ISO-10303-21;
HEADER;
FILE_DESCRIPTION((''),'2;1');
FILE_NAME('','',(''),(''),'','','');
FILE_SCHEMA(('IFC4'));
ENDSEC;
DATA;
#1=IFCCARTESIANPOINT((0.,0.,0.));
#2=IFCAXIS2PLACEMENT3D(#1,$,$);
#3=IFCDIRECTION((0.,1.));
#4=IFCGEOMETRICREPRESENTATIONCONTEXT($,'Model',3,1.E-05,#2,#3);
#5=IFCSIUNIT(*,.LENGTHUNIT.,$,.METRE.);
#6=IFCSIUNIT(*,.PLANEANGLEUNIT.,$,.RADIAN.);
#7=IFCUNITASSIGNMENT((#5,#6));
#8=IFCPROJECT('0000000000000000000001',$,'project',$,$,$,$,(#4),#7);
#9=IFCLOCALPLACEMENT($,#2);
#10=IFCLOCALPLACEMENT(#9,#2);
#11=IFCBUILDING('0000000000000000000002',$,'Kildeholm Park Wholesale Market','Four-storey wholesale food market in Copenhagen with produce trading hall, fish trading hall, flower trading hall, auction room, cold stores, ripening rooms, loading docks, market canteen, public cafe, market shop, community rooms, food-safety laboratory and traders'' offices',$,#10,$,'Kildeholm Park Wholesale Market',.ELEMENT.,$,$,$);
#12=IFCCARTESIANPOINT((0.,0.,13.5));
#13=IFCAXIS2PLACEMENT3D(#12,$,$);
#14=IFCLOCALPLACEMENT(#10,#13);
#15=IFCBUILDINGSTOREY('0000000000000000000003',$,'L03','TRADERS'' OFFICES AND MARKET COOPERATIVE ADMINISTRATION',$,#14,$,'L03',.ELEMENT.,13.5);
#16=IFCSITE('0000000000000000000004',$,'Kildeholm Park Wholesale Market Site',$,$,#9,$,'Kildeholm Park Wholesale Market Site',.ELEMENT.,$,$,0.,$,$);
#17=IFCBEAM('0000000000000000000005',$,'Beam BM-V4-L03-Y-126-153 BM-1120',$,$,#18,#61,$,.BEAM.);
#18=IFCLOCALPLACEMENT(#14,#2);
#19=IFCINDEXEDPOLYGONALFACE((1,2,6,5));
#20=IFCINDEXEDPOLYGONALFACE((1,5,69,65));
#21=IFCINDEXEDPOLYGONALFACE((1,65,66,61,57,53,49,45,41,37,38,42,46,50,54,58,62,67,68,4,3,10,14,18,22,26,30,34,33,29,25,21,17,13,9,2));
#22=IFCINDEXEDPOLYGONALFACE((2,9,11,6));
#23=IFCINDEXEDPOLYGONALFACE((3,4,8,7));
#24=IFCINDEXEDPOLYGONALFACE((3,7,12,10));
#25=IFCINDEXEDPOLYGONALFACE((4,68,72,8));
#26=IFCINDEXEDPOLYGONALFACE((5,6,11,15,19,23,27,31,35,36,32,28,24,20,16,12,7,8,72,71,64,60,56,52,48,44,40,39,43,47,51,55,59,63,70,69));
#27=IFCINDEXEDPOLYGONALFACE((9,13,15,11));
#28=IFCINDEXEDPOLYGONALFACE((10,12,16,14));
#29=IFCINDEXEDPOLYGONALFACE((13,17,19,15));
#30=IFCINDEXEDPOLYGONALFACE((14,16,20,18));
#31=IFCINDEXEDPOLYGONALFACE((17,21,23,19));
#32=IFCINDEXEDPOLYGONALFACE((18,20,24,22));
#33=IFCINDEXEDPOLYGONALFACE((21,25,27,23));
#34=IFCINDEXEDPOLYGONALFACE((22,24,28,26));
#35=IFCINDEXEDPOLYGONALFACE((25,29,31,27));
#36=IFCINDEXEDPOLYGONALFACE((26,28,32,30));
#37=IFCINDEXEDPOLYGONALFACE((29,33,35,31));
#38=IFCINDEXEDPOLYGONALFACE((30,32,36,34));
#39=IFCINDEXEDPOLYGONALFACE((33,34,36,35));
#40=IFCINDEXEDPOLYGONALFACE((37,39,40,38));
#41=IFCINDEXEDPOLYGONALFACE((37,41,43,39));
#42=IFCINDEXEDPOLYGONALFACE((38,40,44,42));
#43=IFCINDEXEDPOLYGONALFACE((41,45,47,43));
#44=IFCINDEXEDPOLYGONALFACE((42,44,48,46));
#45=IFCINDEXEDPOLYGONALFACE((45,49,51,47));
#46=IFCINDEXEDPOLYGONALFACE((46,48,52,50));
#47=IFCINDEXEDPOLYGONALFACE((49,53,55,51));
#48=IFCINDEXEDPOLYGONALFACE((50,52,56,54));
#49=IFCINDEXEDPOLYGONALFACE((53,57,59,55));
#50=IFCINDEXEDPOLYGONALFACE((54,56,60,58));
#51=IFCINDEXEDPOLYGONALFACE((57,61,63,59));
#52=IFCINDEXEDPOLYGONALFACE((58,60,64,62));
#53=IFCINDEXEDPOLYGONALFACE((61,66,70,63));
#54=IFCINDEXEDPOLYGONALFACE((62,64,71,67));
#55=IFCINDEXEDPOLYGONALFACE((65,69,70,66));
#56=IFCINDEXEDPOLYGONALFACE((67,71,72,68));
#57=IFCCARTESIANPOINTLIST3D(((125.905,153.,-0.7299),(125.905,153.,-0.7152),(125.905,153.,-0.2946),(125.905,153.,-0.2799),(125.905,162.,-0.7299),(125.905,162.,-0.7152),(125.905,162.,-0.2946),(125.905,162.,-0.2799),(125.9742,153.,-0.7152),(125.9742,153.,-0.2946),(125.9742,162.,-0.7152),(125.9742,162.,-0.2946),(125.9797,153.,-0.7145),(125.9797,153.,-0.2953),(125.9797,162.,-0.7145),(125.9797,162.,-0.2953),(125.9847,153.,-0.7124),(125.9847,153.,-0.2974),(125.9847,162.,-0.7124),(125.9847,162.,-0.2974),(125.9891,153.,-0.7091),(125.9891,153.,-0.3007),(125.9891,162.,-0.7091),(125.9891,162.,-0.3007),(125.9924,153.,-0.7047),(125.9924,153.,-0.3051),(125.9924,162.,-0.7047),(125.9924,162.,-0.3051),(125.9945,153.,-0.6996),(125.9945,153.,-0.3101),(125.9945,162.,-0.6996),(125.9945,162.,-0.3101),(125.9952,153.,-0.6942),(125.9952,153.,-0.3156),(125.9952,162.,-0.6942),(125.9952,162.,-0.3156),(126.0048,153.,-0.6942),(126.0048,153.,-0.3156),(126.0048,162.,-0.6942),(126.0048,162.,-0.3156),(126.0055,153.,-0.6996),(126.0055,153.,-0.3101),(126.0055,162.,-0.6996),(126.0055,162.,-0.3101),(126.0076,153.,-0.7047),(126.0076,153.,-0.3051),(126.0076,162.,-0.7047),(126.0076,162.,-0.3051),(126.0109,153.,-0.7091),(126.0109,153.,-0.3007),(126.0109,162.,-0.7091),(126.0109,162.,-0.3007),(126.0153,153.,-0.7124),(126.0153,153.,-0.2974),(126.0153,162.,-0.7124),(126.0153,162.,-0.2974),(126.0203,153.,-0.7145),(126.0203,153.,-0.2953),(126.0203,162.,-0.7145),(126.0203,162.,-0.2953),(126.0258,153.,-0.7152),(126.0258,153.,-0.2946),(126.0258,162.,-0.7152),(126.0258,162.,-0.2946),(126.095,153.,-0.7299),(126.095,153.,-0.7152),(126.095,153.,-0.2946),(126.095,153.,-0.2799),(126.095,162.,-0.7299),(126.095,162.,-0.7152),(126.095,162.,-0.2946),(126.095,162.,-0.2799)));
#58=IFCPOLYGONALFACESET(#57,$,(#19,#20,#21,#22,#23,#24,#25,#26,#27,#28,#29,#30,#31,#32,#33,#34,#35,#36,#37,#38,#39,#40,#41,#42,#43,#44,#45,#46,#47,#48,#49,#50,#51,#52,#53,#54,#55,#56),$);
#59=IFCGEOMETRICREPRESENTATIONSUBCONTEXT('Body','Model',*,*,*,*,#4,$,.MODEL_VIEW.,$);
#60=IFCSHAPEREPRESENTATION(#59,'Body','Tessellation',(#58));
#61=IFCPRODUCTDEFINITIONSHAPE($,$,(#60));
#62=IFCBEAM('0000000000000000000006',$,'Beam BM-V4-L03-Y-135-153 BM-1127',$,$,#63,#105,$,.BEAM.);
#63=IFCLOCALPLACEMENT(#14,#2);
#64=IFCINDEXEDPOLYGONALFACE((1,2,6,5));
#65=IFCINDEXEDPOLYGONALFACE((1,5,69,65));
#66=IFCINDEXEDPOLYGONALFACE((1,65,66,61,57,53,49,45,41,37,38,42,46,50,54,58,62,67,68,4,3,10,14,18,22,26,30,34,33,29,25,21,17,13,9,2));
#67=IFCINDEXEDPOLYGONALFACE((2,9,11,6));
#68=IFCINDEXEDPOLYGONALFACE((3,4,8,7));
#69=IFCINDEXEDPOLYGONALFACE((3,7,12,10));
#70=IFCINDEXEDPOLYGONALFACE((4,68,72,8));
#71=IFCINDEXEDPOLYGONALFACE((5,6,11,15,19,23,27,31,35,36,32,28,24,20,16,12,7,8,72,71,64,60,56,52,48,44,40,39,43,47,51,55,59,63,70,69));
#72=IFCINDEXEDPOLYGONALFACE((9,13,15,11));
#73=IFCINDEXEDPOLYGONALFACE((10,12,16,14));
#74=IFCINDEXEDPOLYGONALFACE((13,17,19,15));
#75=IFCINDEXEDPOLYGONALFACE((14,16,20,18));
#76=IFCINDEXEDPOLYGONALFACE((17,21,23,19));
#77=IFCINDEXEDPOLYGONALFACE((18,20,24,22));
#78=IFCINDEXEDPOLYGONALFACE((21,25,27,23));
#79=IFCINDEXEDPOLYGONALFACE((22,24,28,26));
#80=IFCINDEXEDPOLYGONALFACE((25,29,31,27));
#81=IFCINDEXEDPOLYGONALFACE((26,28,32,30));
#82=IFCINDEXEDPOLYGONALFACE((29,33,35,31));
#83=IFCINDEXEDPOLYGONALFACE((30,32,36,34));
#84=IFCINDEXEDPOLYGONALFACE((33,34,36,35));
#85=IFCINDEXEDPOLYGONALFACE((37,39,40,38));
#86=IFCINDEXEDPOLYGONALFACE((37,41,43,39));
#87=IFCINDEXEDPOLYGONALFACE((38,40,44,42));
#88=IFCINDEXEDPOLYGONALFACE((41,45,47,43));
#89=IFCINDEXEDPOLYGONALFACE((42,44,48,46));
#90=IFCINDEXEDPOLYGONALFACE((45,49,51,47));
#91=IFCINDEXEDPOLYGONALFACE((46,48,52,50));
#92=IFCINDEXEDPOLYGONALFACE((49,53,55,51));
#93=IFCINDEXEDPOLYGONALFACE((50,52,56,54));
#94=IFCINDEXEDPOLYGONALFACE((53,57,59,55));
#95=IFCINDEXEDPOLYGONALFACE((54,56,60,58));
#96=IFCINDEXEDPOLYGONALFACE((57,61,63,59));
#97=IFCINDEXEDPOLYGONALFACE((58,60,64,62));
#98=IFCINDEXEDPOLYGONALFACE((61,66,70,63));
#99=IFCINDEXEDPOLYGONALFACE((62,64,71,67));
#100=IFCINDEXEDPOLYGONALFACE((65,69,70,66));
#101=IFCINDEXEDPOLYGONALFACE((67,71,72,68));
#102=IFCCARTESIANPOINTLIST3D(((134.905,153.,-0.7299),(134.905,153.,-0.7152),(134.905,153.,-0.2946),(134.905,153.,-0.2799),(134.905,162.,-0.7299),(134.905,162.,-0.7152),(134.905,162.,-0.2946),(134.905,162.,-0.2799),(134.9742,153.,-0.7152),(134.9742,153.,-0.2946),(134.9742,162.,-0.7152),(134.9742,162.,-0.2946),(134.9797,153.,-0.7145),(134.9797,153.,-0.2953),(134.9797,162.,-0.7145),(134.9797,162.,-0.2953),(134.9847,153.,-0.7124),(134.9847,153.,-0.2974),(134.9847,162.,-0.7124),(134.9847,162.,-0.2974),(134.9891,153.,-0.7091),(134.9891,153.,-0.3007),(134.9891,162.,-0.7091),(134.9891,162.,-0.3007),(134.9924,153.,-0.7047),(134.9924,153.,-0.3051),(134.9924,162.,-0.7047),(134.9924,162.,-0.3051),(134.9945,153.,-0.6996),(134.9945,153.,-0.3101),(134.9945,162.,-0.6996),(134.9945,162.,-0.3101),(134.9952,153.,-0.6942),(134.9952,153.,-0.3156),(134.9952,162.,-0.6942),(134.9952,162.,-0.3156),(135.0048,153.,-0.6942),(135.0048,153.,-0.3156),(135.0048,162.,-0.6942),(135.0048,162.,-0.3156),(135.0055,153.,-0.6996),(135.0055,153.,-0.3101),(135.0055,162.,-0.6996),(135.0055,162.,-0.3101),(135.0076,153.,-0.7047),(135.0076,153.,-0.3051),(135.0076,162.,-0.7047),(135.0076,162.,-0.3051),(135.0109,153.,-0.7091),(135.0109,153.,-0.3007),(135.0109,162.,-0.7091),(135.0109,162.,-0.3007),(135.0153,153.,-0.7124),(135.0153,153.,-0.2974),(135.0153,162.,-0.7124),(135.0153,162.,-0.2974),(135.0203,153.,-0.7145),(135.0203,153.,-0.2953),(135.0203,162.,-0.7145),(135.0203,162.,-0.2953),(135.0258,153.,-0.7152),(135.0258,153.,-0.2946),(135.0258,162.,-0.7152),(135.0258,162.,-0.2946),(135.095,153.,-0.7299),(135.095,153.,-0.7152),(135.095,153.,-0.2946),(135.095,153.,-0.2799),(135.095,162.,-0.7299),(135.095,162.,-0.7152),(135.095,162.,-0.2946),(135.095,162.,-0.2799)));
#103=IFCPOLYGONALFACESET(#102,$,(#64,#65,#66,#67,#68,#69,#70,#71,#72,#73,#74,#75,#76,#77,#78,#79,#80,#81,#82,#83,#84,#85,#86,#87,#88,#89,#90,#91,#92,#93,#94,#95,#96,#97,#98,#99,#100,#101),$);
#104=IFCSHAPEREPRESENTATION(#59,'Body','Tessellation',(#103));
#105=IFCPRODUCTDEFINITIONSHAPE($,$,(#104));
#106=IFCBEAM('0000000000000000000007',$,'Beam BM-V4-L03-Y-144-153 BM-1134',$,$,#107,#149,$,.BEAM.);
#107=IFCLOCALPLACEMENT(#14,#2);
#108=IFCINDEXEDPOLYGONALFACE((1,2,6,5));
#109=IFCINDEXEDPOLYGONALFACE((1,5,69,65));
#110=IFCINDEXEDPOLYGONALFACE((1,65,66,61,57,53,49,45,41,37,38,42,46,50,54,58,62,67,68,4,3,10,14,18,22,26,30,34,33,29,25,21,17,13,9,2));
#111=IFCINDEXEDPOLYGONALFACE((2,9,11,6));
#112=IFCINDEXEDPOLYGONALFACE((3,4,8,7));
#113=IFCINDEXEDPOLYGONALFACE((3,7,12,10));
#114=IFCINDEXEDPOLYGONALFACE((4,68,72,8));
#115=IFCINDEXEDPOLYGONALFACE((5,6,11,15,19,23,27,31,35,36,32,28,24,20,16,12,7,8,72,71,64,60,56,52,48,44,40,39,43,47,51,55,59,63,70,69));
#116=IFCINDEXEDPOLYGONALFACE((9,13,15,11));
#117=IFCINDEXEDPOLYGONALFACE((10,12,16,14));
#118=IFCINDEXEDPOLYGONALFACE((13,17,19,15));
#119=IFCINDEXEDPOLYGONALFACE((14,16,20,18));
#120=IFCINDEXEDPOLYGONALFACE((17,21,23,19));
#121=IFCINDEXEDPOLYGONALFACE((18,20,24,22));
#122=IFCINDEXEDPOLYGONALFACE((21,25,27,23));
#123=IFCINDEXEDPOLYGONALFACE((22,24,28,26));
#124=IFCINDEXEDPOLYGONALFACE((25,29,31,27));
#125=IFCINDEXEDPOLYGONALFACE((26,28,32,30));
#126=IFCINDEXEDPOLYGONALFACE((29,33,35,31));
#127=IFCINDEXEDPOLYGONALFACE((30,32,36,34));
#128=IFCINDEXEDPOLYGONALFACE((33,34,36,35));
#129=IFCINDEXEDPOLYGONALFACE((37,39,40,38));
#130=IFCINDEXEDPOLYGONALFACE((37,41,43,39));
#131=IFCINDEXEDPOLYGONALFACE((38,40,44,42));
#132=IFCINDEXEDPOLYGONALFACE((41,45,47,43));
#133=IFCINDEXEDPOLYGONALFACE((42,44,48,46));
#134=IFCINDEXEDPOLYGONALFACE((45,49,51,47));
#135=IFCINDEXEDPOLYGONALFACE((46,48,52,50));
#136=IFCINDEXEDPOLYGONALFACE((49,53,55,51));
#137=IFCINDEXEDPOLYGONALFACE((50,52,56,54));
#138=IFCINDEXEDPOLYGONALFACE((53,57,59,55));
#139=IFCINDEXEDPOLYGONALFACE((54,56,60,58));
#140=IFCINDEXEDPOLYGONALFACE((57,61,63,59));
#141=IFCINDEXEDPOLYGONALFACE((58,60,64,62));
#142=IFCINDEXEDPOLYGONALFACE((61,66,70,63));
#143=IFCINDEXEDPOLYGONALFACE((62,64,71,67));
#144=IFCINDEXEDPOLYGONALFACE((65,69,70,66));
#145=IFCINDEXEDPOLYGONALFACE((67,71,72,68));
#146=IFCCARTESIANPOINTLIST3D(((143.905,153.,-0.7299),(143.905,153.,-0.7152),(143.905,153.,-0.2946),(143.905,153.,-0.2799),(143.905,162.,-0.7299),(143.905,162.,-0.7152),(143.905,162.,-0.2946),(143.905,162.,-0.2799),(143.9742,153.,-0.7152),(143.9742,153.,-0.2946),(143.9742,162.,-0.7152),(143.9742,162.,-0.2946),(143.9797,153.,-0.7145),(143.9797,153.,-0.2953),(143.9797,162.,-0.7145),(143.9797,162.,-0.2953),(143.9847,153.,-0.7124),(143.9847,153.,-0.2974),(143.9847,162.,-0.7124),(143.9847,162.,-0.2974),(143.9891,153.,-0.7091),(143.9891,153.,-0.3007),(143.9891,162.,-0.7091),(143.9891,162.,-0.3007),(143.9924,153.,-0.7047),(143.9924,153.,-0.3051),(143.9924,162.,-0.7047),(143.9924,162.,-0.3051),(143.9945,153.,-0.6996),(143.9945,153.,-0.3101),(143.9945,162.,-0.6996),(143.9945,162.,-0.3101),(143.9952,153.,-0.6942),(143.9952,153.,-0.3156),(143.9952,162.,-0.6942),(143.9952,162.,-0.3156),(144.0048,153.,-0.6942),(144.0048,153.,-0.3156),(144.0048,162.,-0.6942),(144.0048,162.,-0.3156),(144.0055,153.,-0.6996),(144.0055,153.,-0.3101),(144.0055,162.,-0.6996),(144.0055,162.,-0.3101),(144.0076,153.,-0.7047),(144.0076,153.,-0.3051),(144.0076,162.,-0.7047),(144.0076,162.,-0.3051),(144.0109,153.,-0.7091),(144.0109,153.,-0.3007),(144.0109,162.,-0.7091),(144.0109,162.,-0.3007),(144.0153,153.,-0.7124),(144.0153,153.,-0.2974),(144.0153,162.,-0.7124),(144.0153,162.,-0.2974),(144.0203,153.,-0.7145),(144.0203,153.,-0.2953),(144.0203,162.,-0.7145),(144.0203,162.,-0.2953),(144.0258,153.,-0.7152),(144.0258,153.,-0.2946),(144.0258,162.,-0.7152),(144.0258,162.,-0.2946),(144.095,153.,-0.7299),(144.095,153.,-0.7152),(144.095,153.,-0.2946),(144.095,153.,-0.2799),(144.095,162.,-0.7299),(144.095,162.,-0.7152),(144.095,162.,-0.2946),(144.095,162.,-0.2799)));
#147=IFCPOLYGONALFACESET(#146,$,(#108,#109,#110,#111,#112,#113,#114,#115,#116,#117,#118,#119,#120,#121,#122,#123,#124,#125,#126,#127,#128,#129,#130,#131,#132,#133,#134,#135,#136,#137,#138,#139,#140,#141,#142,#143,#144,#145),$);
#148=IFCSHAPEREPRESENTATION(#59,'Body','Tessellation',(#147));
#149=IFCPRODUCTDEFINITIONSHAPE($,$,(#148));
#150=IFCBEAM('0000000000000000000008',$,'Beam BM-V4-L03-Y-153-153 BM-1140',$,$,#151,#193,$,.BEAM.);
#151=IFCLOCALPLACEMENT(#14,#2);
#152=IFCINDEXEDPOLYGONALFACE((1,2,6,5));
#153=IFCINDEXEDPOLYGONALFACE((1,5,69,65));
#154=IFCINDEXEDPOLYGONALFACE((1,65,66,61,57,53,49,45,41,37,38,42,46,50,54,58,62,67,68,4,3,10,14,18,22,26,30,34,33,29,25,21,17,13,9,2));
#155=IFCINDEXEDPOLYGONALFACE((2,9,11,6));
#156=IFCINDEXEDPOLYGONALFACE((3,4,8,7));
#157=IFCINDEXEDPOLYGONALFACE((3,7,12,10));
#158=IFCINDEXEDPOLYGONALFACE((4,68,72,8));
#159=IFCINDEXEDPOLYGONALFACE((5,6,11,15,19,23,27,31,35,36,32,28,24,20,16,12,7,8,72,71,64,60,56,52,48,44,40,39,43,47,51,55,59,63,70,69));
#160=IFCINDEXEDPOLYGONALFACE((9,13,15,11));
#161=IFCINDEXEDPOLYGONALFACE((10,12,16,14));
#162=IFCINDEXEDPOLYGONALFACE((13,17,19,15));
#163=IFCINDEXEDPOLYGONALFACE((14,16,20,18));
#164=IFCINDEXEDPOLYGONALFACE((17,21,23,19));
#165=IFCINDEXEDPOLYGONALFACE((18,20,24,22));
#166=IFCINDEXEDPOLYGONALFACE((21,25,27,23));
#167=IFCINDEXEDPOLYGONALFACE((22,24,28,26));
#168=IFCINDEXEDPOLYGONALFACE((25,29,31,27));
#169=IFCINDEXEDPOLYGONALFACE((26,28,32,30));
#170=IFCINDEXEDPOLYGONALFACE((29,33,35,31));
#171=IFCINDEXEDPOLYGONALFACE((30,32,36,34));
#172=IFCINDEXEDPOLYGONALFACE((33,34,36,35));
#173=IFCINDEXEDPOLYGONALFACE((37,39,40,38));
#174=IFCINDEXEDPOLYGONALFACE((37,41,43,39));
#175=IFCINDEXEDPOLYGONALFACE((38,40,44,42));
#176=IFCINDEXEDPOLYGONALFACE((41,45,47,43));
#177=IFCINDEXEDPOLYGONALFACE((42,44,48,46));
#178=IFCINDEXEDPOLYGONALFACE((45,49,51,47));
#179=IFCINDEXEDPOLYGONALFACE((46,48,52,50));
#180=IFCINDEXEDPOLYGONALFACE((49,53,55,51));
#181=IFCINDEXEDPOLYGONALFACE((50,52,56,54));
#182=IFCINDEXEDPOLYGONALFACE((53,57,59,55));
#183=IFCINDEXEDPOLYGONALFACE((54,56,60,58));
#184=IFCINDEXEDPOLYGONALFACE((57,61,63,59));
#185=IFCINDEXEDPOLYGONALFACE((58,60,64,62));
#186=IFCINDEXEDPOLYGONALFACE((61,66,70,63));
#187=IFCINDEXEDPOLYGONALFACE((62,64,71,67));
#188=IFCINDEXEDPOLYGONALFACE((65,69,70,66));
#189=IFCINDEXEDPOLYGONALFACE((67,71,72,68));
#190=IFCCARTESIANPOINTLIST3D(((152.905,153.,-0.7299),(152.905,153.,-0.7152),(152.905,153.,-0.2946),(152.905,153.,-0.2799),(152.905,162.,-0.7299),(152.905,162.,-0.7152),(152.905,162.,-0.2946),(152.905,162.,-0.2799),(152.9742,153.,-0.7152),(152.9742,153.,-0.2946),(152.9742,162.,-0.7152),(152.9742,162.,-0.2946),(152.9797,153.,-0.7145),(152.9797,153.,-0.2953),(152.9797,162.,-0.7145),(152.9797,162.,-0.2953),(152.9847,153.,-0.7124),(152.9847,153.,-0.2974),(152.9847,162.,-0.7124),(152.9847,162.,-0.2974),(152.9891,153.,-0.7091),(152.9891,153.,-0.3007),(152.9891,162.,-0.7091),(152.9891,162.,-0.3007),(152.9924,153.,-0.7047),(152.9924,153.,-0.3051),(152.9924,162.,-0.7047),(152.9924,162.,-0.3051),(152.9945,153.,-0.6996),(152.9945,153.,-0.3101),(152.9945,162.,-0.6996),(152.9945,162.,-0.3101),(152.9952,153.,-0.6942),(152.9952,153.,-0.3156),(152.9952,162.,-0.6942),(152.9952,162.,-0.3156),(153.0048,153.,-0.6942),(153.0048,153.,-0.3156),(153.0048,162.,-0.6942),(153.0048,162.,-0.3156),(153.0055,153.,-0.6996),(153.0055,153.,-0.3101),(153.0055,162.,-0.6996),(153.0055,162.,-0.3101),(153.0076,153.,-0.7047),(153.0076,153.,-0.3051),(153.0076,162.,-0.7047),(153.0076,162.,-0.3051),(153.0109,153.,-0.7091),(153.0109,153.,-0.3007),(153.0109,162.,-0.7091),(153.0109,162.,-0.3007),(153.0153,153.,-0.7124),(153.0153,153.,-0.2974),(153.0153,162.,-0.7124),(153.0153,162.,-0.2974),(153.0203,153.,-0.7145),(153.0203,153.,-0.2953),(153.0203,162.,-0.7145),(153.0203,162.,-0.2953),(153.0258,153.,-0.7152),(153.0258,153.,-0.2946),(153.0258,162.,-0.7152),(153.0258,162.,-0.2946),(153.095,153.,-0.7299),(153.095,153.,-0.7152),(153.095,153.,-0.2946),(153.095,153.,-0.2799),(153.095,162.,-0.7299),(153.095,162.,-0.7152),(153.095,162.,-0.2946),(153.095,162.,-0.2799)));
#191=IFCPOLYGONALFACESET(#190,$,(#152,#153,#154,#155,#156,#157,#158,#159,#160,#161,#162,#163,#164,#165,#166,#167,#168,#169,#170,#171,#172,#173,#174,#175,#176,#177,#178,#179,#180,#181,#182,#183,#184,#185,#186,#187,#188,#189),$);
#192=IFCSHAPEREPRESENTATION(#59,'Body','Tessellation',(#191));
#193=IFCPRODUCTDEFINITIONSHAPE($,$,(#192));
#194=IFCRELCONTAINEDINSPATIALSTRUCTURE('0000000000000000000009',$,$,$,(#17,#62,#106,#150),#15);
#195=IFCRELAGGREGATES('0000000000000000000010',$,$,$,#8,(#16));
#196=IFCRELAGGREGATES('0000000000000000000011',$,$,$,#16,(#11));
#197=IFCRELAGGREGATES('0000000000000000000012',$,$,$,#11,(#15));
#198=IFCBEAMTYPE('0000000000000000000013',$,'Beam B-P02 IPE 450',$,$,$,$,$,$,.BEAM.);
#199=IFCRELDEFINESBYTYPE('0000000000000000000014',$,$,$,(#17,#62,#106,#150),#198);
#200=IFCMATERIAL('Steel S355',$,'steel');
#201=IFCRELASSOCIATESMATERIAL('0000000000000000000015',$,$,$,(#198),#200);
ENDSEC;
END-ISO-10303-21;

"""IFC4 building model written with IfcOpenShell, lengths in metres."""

from ifc_helpers import new_model, si_unit, direction, frame, origin, origin_2d, place, context, subcontext, project, spatial, i_section, extrude, material, material_profile, profile_set, type_object, element, save


model = new_model("IFC4")

# Units and contexts
model_context = context("Model", 3, precision=1e-05, world=origin(), true_north=direction((0.0, 1.0)))
body_context = subcontext(model_context, "Body", "Model", "MODEL_VIEW")
ifc_project = project(units=[si_unit("LENGTHUNIT", "METRE"), si_unit("PLANEANGLEUNIT", "RADIAN")], contexts=[model_context])

# Site, building, storey
site_placement = place(None, origin())
site = spatial("IfcSite", under=ifc_project, at=site_placement, Name="Kildeholm Park Wholesale Market Site", LongName="Kildeholm Park Wholesale Market Site", CompositionType="ELEMENT", RefElevation=0.0)
building_placement = place(site_placement, origin())
building = spatial("IfcBuilding", under=site, at=building_placement, Name="Kildeholm Park Wholesale Market", Description="Four-storey wholesale food market in Copenhagen with produce trading hall, fish trading hall, flower trading hall, auction room, cold stores, ripening rooms, loading docks, market canteen, public cafe, market shop, community rooms, food-safety laboratory and traders' offices", LongName="Kildeholm Park Wholesale Market", CompositionType="ELEMENT")
storey_placement = place(building_placement, frame((0.0, 0.0, 13.5)))
storey = spatial("IfcBuildingStorey", under=building, at=storey_placement, Name="L03", Description="TRADERS' OFFICES AND MARKET COOPERATIVE ADMINISTRATION", LongName="L03", CompositionType="ELEMENT", Elevation=13.5)

# Beams
ifc_material = material(Name="Steel S355", Category="steel")
ifc_material_profile_1 = material_profile(ifc_material, i_section(OverallWidth=0.1899, OverallDepth=0.45, WebThickness=0.0095, FlangeThickness=0.0146, FilletRadius=0.021, at=origin_2d()), Name="IPE 450")
ifc_profile_set_1 = profile_set([ifc_material_profile_1], Name="Steel S355")
beam_type_1 = type_object("IfcBeamType", Name="Beam B-P02 IPE 450", PredefinedType="BEAM", material=ifc_profile_set_1)
for number, where, z_axis, x_axis, name in (
    (1, (126.0, 153.0, -0.5049), (0.0, 1.0, 0.0), (-1.0, 0.0, 0.0), "Beam BM-V4-L03-Y-126-153 BM-1120"),
    (2, (135.0, 153.0, -0.5049), (0.0, 1.0, 0.0), (-1.0, 0.0, 0.0), "Beam BM-V4-L03-Y-135-153 BM-1127"),
    (3, (144.0, 153.0, -0.5049), (0.0, 1.0, 0.0), (-1.0, 0.0, 0.0), "Beam BM-V4-L03-Y-144-153 BM-1134"),
    (4, (153.0, 153.0, -0.5049), (0.0, 1.0, 0.0), (-1.0, 0.0, 0.0), "Beam BM-V4-L03-Y-153-153 BM-1140"),
):
    element("IfcBeam", number, at=place(storey_placement, frame(where, z_axis=z_axis, x_axis=x_axis)), inside=storey, type_object=beam_type_1, Name=name, PredefinedType="BEAM", context=body_context, shape_type="SweptSolid", body=[
        extrude(i_section(OverallWidth=0.1899, OverallDepth=0.45, WebThickness=0.0095, FlangeThickness=0.0146, FilletRadius=0.021, at=origin_2d()), origin(), (0.0, 0.0, 1.0), 9.0),
    ])

save(model, "model.ifc")
